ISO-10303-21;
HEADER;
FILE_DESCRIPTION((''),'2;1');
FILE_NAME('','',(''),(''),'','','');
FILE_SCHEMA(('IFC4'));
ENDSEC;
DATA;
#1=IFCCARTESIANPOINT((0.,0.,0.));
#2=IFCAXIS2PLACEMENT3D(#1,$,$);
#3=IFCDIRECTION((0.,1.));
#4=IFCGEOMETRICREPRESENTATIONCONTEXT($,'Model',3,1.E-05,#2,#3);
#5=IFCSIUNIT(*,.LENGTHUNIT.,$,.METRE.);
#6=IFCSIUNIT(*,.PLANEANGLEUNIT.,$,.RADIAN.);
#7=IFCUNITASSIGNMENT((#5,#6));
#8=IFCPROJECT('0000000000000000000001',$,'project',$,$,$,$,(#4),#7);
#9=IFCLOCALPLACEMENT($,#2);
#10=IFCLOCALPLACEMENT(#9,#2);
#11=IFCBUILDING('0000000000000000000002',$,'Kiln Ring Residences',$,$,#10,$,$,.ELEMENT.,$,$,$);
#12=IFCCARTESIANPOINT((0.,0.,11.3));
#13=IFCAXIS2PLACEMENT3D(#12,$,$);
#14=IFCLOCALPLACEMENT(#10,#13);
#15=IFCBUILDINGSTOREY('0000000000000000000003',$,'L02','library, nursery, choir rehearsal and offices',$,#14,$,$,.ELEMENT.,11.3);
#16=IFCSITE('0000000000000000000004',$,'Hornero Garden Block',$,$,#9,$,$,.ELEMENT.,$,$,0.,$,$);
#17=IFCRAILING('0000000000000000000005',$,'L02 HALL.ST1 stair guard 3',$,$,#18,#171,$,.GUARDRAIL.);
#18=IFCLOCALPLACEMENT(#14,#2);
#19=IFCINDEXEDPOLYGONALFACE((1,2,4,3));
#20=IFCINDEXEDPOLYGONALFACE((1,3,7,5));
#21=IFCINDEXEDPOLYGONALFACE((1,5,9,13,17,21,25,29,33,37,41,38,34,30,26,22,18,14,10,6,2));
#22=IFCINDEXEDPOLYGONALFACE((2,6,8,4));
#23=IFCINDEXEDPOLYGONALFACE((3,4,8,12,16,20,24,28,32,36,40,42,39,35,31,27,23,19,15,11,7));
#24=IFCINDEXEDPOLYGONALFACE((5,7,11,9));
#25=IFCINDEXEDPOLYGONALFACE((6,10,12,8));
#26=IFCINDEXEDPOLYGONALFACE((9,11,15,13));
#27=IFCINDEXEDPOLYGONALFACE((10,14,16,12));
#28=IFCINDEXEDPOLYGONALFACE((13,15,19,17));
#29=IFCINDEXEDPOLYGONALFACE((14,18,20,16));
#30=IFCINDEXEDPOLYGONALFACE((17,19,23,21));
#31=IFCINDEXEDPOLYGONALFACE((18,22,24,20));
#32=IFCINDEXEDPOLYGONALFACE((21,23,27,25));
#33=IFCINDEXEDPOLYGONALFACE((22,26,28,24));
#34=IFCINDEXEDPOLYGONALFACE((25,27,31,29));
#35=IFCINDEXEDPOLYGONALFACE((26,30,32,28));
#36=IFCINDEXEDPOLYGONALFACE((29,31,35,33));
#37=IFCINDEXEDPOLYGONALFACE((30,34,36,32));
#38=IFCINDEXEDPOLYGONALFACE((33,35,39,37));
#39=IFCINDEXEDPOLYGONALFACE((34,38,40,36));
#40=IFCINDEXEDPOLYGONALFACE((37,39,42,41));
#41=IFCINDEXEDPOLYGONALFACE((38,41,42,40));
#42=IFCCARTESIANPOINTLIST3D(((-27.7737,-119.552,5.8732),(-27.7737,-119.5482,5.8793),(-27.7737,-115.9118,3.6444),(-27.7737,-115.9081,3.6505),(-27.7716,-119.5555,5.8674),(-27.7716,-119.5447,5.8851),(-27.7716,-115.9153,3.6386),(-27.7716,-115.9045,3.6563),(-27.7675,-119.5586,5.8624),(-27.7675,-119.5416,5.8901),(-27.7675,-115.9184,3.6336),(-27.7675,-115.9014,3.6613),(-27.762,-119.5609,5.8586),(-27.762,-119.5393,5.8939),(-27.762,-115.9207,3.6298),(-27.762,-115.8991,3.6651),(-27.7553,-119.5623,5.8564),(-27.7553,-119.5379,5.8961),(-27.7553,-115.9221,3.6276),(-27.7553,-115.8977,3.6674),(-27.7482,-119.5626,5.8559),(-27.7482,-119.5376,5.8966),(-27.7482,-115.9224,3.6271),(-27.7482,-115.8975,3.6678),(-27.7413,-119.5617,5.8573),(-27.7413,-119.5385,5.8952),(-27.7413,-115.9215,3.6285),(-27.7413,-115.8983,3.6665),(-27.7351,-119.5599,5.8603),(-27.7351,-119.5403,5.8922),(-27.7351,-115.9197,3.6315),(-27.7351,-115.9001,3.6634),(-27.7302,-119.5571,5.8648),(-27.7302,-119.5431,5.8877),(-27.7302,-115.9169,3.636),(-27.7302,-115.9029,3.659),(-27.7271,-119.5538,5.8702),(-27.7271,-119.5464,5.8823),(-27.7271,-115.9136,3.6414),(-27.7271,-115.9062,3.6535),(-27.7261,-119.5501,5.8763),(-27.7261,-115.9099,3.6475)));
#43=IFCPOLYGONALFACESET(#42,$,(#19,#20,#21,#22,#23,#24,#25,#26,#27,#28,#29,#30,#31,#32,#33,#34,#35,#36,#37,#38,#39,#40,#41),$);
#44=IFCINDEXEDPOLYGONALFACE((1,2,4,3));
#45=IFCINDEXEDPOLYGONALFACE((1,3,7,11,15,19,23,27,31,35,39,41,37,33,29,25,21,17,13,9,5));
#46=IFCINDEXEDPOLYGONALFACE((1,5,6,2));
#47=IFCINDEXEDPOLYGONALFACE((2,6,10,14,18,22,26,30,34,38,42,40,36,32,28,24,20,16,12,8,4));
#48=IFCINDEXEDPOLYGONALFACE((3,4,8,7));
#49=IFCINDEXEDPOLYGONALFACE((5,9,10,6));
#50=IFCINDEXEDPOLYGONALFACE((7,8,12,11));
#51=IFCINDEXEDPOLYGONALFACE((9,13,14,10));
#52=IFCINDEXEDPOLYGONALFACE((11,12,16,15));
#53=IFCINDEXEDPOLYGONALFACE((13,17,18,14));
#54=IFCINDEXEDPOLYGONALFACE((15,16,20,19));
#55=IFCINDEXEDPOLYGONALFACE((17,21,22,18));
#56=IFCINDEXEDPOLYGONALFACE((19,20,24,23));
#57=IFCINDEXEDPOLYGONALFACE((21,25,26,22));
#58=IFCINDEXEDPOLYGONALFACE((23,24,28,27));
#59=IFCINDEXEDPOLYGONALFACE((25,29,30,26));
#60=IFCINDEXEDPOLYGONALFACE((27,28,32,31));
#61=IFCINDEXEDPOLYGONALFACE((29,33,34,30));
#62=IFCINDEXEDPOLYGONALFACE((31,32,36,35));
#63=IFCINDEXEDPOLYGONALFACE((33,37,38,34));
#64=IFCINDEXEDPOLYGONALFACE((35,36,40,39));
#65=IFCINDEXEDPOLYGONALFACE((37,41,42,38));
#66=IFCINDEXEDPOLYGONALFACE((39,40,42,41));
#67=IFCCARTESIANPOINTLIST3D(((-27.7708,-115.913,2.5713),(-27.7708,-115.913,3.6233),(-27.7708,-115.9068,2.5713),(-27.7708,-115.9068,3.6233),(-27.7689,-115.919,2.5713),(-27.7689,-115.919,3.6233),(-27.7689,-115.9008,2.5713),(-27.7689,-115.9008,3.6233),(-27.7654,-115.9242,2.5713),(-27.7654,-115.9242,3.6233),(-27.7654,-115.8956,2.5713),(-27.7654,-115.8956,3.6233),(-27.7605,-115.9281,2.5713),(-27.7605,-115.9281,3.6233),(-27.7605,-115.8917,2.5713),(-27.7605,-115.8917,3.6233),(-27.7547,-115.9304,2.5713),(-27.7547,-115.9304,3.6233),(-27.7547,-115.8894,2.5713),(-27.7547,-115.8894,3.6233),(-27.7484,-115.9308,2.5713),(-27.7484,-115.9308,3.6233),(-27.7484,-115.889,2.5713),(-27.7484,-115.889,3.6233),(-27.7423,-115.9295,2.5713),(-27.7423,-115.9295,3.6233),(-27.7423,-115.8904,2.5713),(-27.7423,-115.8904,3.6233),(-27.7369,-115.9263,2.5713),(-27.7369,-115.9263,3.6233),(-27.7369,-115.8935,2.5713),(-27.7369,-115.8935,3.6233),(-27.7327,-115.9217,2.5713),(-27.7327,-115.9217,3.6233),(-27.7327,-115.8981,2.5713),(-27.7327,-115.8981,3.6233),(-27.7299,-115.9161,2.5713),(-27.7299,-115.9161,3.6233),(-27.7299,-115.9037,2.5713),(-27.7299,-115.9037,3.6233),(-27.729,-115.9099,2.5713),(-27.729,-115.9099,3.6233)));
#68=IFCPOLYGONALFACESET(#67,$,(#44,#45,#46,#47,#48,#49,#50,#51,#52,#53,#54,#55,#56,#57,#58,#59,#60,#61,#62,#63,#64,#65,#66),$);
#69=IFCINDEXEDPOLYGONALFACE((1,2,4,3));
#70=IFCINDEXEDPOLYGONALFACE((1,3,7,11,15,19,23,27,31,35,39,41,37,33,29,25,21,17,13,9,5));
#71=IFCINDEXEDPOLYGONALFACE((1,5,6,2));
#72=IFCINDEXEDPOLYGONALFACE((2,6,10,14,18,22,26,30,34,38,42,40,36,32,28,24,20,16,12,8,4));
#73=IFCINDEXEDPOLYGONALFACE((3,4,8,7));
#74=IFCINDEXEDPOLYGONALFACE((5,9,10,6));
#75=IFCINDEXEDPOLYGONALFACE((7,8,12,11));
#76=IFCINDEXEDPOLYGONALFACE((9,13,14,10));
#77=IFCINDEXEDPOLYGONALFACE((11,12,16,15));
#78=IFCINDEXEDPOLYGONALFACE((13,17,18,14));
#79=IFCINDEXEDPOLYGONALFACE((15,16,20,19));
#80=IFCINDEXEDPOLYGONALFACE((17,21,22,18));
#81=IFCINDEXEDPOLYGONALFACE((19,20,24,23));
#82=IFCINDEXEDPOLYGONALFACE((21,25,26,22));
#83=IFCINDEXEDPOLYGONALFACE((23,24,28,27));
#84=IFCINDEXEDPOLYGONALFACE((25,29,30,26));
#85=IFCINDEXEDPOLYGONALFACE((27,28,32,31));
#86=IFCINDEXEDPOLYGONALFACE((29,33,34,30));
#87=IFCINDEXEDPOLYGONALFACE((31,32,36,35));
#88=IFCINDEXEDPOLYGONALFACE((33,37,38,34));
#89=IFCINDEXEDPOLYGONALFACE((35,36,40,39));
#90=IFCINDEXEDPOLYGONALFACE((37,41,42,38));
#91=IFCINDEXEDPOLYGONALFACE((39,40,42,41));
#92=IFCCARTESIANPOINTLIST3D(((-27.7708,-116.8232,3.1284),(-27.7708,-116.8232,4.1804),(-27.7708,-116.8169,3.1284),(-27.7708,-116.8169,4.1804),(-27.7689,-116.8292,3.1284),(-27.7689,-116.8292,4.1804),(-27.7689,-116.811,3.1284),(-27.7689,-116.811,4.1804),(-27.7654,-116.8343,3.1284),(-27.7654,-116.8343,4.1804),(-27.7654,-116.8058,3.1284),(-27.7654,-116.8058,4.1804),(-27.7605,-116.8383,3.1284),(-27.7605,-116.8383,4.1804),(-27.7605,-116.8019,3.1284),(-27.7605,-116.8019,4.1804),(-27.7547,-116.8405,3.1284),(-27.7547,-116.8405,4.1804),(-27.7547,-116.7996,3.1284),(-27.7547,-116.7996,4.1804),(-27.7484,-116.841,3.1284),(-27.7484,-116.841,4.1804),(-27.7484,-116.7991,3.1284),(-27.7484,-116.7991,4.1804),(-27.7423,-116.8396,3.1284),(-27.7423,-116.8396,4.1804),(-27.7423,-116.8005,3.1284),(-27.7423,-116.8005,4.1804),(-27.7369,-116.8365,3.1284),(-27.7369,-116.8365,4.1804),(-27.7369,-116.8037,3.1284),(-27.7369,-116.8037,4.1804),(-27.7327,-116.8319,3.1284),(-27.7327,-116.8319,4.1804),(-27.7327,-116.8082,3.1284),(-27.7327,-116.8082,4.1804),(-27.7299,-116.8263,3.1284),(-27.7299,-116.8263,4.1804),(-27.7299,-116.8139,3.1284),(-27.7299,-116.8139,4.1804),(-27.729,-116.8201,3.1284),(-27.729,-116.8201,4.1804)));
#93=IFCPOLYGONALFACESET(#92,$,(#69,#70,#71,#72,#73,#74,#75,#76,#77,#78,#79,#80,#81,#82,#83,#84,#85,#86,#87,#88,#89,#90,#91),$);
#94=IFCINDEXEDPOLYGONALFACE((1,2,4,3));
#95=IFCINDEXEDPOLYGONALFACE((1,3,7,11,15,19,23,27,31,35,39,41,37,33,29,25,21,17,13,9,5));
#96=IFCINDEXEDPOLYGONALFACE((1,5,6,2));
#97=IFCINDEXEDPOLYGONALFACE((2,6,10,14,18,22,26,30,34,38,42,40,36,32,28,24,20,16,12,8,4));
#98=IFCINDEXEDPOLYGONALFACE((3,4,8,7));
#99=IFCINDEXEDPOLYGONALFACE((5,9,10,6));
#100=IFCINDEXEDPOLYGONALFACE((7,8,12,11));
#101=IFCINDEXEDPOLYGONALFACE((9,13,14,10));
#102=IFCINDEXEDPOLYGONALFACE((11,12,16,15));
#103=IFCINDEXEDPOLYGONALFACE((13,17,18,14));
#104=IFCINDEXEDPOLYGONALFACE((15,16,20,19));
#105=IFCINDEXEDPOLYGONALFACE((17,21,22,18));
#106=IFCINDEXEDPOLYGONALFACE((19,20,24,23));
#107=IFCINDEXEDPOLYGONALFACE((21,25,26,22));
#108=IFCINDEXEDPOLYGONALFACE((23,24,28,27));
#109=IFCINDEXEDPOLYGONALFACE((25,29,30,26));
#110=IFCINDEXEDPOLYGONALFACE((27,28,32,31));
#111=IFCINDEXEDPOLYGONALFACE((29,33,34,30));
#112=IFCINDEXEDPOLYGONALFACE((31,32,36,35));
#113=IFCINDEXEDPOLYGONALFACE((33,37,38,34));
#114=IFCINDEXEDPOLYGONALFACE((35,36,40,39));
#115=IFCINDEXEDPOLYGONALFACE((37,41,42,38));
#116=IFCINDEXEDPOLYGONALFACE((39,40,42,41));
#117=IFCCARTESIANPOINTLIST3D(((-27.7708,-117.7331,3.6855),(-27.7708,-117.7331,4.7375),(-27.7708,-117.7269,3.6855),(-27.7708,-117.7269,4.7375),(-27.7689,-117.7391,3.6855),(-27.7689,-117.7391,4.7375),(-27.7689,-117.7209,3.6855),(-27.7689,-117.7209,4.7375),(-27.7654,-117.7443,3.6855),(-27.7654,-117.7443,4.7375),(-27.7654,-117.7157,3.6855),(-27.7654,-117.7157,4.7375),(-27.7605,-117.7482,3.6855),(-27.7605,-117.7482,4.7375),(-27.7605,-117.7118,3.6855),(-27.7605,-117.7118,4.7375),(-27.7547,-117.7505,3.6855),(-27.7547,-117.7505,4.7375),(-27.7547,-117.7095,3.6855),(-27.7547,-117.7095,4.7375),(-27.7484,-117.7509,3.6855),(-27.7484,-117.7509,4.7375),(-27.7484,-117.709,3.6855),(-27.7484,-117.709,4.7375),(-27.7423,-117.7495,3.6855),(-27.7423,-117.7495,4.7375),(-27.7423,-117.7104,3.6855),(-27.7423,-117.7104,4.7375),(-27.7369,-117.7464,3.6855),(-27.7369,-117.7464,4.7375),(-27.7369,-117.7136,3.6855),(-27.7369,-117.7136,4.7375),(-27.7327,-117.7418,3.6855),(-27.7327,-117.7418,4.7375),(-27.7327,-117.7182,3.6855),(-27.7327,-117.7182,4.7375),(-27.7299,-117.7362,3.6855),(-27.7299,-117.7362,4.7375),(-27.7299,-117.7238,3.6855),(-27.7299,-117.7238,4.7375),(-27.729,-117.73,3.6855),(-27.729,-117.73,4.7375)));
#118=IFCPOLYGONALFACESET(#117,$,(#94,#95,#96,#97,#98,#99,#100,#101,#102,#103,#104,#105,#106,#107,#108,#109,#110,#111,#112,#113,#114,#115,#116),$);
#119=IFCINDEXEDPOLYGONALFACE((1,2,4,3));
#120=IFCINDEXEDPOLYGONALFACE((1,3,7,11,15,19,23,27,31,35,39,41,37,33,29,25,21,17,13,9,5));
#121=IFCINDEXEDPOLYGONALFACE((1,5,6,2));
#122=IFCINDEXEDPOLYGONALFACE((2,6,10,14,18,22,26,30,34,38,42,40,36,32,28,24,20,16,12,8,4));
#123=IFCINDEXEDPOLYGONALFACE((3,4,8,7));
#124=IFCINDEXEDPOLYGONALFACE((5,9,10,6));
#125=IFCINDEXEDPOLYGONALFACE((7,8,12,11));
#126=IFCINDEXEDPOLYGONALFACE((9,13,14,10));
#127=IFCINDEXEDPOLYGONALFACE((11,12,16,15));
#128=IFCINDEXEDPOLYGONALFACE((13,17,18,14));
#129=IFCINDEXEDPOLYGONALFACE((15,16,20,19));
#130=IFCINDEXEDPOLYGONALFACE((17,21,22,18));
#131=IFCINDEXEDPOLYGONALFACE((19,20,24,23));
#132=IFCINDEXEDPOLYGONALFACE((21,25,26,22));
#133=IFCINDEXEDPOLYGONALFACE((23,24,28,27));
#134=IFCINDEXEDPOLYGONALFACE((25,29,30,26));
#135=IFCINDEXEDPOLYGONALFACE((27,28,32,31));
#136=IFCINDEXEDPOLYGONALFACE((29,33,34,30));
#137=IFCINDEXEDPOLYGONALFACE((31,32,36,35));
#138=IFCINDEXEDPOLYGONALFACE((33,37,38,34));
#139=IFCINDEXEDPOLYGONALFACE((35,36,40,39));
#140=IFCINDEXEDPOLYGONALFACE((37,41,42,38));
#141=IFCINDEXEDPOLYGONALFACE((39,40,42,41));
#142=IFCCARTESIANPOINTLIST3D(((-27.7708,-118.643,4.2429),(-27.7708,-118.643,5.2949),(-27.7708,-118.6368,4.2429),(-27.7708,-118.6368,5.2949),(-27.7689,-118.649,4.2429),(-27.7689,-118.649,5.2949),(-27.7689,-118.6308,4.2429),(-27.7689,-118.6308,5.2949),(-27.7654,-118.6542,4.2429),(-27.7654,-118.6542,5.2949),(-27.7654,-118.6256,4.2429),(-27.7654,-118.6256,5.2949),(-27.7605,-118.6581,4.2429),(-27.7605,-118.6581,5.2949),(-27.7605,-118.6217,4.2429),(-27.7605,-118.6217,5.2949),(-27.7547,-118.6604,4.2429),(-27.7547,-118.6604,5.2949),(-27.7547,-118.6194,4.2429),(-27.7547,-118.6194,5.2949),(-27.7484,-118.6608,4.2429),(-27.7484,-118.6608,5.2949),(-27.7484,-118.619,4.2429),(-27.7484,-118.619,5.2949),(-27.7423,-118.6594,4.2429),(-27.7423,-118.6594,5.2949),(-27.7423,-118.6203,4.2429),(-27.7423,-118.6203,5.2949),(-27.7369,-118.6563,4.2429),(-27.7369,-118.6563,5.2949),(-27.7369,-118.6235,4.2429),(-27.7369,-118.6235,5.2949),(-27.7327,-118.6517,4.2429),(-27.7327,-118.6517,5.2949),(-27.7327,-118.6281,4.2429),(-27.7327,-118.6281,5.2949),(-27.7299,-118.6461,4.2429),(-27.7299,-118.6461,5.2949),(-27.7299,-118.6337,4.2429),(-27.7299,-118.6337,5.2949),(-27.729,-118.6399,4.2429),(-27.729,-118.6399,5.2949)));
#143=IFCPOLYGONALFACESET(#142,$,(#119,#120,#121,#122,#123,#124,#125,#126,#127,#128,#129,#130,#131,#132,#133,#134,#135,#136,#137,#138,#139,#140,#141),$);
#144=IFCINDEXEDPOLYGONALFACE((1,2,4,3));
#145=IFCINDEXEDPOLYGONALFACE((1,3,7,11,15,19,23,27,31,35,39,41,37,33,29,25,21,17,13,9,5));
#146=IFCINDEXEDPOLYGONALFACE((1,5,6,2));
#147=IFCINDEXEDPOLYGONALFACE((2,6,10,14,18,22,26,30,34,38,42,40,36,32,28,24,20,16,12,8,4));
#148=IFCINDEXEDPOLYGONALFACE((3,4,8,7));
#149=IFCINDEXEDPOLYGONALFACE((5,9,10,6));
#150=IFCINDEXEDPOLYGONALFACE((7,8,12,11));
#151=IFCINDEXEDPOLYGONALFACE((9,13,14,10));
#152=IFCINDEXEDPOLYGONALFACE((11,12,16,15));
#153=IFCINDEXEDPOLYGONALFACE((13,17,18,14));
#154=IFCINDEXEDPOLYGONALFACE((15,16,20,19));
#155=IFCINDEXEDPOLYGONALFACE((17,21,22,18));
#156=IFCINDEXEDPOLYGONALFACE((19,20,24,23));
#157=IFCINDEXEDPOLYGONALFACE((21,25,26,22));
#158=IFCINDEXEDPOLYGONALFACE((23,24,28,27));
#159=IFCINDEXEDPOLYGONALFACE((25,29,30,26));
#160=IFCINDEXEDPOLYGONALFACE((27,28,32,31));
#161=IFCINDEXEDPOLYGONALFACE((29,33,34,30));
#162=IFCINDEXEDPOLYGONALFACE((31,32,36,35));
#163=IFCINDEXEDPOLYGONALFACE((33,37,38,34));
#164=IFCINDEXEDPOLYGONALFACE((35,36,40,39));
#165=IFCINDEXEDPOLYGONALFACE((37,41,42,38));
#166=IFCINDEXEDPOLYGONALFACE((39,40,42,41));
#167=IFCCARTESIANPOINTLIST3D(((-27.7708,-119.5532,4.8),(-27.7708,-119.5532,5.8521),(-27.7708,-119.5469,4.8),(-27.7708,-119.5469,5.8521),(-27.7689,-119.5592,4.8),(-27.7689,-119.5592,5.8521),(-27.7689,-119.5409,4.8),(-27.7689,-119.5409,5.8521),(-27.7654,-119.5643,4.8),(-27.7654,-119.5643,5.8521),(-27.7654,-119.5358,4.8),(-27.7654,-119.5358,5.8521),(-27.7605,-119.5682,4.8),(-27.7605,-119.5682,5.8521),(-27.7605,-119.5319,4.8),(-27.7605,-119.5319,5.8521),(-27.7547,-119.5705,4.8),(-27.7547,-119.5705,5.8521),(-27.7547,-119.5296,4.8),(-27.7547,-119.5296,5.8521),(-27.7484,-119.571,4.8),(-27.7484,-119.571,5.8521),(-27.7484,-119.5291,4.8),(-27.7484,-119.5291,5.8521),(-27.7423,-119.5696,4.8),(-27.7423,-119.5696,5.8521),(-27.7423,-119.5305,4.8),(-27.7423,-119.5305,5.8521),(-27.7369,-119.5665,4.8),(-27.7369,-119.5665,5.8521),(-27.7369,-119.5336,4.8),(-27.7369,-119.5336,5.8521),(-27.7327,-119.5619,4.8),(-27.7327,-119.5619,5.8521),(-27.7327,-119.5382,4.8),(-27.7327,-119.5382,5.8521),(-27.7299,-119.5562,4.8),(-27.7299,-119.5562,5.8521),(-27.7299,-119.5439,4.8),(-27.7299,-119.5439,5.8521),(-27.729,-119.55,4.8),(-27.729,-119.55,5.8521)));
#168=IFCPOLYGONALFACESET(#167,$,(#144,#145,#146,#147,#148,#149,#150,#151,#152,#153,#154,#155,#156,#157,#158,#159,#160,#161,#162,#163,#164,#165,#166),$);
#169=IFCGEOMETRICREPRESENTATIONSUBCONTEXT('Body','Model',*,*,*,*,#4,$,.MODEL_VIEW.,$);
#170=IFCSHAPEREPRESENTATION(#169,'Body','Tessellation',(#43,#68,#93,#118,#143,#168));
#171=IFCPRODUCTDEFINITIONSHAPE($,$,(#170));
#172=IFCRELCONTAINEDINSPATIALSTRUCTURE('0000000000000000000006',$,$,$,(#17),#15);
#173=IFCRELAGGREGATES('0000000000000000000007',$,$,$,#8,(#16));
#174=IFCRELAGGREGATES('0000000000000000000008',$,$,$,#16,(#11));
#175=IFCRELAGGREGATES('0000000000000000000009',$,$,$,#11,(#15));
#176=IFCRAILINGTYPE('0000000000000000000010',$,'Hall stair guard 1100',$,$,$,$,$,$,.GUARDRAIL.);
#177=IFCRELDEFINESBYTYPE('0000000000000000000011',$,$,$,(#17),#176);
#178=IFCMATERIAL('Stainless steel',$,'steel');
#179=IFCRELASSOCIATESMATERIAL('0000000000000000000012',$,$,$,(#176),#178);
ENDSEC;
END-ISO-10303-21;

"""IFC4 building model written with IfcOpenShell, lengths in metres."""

from ifc_helpers import new_model, si_unit, direction, frame, origin, origin_2d, place, context, subcontext, project, spatial, circle, extrude, material, type_object, element, save


model = new_model("IFC4")

# Units and contexts
model_context = context("Model", 3, precision=1e-05, world=origin(), true_north=direction((0.0, 1.0)))
body_context = subcontext(model_context, "Body", "Model", "MODEL_VIEW")
ifc_project = project(units=[si_unit("LENGTHUNIT", "METRE"), si_unit("PLANEANGLEUNIT", "RADIAN")], contexts=[model_context])

# Site, building, storey
site_placement = place(None, origin())
site = spatial("IfcSite", under=ifc_project, at=site_placement, Name="Hornero Garden Block", CompositionType="ELEMENT", RefElevation=0.0)
building_placement = place(site_placement, origin())
building = spatial("IfcBuilding", under=site, at=building_placement, Name="Kiln Ring Residences", CompositionType="ELEMENT")
storey_placement = place(building_placement, frame((0.0, 0.0, 11.3)))
storey = spatial("IfcBuildingStorey", under=building, at=storey_placement, Name="L02", Description="library, nursery, choir rehearsal and offices", CompositionType="ELEMENT", Elevation=11.3)

# Railing
ifc_material_1 = material(Name="Stainless steel", Category="steel")
railing_type_1 = type_object("IfcRailingType", Name="Hall stair guard 1100", PredefinedType="GUARDRAIL", material=ifc_material_1)
railing_1_placement = place(storey_placement, frame((-27.75, -115.9099, 2.5713)))
element("IfcRailing", 1, at=railing_1_placement, inside=storey, type_object=railing_type_1, Name="L02 HALL.ST1 stair guard 3", PredefinedType="GUARDRAIL", context=body_context, shape_type="SweptSolid", body=[
    extrude(circle(Radius=0.0239, at=origin_2d()), frame((0.0, 0.0, 1.0762), z_axis=(0.0, -0.85284, 0.522172), x_axis=(1.0, 0.0, 0.0)), (0.0, 0.0, 1.0), 4.2683),
    extrude(circle(Radius=0.021, at=origin_2d()), origin(), (0.0, 0.0, 1.0), 1.052),
    extrude(circle(Radius=0.021, at=origin_2d()), frame((0.0, -0.9102, 0.5571)), (0.0, 0.0, 1.0), 1.052),
    extrude(circle(Radius=0.021, at=origin_2d()), frame((0.0, -1.8201, 1.1143)), (0.0, 0.0, 1.0), 1.052),
    extrude(circle(Radius=0.021, at=origin_2d()), frame((0.0, -2.73, 1.6716)), (0.0, 0.0, 1.0), 1.052),
    extrude(circle(Radius=0.021, at=origin_2d()), frame((0.0, -3.6401, 2.2288)), (0.0, 0.0, 1.0), 1.052),
])

save(model, "model.ifc")
